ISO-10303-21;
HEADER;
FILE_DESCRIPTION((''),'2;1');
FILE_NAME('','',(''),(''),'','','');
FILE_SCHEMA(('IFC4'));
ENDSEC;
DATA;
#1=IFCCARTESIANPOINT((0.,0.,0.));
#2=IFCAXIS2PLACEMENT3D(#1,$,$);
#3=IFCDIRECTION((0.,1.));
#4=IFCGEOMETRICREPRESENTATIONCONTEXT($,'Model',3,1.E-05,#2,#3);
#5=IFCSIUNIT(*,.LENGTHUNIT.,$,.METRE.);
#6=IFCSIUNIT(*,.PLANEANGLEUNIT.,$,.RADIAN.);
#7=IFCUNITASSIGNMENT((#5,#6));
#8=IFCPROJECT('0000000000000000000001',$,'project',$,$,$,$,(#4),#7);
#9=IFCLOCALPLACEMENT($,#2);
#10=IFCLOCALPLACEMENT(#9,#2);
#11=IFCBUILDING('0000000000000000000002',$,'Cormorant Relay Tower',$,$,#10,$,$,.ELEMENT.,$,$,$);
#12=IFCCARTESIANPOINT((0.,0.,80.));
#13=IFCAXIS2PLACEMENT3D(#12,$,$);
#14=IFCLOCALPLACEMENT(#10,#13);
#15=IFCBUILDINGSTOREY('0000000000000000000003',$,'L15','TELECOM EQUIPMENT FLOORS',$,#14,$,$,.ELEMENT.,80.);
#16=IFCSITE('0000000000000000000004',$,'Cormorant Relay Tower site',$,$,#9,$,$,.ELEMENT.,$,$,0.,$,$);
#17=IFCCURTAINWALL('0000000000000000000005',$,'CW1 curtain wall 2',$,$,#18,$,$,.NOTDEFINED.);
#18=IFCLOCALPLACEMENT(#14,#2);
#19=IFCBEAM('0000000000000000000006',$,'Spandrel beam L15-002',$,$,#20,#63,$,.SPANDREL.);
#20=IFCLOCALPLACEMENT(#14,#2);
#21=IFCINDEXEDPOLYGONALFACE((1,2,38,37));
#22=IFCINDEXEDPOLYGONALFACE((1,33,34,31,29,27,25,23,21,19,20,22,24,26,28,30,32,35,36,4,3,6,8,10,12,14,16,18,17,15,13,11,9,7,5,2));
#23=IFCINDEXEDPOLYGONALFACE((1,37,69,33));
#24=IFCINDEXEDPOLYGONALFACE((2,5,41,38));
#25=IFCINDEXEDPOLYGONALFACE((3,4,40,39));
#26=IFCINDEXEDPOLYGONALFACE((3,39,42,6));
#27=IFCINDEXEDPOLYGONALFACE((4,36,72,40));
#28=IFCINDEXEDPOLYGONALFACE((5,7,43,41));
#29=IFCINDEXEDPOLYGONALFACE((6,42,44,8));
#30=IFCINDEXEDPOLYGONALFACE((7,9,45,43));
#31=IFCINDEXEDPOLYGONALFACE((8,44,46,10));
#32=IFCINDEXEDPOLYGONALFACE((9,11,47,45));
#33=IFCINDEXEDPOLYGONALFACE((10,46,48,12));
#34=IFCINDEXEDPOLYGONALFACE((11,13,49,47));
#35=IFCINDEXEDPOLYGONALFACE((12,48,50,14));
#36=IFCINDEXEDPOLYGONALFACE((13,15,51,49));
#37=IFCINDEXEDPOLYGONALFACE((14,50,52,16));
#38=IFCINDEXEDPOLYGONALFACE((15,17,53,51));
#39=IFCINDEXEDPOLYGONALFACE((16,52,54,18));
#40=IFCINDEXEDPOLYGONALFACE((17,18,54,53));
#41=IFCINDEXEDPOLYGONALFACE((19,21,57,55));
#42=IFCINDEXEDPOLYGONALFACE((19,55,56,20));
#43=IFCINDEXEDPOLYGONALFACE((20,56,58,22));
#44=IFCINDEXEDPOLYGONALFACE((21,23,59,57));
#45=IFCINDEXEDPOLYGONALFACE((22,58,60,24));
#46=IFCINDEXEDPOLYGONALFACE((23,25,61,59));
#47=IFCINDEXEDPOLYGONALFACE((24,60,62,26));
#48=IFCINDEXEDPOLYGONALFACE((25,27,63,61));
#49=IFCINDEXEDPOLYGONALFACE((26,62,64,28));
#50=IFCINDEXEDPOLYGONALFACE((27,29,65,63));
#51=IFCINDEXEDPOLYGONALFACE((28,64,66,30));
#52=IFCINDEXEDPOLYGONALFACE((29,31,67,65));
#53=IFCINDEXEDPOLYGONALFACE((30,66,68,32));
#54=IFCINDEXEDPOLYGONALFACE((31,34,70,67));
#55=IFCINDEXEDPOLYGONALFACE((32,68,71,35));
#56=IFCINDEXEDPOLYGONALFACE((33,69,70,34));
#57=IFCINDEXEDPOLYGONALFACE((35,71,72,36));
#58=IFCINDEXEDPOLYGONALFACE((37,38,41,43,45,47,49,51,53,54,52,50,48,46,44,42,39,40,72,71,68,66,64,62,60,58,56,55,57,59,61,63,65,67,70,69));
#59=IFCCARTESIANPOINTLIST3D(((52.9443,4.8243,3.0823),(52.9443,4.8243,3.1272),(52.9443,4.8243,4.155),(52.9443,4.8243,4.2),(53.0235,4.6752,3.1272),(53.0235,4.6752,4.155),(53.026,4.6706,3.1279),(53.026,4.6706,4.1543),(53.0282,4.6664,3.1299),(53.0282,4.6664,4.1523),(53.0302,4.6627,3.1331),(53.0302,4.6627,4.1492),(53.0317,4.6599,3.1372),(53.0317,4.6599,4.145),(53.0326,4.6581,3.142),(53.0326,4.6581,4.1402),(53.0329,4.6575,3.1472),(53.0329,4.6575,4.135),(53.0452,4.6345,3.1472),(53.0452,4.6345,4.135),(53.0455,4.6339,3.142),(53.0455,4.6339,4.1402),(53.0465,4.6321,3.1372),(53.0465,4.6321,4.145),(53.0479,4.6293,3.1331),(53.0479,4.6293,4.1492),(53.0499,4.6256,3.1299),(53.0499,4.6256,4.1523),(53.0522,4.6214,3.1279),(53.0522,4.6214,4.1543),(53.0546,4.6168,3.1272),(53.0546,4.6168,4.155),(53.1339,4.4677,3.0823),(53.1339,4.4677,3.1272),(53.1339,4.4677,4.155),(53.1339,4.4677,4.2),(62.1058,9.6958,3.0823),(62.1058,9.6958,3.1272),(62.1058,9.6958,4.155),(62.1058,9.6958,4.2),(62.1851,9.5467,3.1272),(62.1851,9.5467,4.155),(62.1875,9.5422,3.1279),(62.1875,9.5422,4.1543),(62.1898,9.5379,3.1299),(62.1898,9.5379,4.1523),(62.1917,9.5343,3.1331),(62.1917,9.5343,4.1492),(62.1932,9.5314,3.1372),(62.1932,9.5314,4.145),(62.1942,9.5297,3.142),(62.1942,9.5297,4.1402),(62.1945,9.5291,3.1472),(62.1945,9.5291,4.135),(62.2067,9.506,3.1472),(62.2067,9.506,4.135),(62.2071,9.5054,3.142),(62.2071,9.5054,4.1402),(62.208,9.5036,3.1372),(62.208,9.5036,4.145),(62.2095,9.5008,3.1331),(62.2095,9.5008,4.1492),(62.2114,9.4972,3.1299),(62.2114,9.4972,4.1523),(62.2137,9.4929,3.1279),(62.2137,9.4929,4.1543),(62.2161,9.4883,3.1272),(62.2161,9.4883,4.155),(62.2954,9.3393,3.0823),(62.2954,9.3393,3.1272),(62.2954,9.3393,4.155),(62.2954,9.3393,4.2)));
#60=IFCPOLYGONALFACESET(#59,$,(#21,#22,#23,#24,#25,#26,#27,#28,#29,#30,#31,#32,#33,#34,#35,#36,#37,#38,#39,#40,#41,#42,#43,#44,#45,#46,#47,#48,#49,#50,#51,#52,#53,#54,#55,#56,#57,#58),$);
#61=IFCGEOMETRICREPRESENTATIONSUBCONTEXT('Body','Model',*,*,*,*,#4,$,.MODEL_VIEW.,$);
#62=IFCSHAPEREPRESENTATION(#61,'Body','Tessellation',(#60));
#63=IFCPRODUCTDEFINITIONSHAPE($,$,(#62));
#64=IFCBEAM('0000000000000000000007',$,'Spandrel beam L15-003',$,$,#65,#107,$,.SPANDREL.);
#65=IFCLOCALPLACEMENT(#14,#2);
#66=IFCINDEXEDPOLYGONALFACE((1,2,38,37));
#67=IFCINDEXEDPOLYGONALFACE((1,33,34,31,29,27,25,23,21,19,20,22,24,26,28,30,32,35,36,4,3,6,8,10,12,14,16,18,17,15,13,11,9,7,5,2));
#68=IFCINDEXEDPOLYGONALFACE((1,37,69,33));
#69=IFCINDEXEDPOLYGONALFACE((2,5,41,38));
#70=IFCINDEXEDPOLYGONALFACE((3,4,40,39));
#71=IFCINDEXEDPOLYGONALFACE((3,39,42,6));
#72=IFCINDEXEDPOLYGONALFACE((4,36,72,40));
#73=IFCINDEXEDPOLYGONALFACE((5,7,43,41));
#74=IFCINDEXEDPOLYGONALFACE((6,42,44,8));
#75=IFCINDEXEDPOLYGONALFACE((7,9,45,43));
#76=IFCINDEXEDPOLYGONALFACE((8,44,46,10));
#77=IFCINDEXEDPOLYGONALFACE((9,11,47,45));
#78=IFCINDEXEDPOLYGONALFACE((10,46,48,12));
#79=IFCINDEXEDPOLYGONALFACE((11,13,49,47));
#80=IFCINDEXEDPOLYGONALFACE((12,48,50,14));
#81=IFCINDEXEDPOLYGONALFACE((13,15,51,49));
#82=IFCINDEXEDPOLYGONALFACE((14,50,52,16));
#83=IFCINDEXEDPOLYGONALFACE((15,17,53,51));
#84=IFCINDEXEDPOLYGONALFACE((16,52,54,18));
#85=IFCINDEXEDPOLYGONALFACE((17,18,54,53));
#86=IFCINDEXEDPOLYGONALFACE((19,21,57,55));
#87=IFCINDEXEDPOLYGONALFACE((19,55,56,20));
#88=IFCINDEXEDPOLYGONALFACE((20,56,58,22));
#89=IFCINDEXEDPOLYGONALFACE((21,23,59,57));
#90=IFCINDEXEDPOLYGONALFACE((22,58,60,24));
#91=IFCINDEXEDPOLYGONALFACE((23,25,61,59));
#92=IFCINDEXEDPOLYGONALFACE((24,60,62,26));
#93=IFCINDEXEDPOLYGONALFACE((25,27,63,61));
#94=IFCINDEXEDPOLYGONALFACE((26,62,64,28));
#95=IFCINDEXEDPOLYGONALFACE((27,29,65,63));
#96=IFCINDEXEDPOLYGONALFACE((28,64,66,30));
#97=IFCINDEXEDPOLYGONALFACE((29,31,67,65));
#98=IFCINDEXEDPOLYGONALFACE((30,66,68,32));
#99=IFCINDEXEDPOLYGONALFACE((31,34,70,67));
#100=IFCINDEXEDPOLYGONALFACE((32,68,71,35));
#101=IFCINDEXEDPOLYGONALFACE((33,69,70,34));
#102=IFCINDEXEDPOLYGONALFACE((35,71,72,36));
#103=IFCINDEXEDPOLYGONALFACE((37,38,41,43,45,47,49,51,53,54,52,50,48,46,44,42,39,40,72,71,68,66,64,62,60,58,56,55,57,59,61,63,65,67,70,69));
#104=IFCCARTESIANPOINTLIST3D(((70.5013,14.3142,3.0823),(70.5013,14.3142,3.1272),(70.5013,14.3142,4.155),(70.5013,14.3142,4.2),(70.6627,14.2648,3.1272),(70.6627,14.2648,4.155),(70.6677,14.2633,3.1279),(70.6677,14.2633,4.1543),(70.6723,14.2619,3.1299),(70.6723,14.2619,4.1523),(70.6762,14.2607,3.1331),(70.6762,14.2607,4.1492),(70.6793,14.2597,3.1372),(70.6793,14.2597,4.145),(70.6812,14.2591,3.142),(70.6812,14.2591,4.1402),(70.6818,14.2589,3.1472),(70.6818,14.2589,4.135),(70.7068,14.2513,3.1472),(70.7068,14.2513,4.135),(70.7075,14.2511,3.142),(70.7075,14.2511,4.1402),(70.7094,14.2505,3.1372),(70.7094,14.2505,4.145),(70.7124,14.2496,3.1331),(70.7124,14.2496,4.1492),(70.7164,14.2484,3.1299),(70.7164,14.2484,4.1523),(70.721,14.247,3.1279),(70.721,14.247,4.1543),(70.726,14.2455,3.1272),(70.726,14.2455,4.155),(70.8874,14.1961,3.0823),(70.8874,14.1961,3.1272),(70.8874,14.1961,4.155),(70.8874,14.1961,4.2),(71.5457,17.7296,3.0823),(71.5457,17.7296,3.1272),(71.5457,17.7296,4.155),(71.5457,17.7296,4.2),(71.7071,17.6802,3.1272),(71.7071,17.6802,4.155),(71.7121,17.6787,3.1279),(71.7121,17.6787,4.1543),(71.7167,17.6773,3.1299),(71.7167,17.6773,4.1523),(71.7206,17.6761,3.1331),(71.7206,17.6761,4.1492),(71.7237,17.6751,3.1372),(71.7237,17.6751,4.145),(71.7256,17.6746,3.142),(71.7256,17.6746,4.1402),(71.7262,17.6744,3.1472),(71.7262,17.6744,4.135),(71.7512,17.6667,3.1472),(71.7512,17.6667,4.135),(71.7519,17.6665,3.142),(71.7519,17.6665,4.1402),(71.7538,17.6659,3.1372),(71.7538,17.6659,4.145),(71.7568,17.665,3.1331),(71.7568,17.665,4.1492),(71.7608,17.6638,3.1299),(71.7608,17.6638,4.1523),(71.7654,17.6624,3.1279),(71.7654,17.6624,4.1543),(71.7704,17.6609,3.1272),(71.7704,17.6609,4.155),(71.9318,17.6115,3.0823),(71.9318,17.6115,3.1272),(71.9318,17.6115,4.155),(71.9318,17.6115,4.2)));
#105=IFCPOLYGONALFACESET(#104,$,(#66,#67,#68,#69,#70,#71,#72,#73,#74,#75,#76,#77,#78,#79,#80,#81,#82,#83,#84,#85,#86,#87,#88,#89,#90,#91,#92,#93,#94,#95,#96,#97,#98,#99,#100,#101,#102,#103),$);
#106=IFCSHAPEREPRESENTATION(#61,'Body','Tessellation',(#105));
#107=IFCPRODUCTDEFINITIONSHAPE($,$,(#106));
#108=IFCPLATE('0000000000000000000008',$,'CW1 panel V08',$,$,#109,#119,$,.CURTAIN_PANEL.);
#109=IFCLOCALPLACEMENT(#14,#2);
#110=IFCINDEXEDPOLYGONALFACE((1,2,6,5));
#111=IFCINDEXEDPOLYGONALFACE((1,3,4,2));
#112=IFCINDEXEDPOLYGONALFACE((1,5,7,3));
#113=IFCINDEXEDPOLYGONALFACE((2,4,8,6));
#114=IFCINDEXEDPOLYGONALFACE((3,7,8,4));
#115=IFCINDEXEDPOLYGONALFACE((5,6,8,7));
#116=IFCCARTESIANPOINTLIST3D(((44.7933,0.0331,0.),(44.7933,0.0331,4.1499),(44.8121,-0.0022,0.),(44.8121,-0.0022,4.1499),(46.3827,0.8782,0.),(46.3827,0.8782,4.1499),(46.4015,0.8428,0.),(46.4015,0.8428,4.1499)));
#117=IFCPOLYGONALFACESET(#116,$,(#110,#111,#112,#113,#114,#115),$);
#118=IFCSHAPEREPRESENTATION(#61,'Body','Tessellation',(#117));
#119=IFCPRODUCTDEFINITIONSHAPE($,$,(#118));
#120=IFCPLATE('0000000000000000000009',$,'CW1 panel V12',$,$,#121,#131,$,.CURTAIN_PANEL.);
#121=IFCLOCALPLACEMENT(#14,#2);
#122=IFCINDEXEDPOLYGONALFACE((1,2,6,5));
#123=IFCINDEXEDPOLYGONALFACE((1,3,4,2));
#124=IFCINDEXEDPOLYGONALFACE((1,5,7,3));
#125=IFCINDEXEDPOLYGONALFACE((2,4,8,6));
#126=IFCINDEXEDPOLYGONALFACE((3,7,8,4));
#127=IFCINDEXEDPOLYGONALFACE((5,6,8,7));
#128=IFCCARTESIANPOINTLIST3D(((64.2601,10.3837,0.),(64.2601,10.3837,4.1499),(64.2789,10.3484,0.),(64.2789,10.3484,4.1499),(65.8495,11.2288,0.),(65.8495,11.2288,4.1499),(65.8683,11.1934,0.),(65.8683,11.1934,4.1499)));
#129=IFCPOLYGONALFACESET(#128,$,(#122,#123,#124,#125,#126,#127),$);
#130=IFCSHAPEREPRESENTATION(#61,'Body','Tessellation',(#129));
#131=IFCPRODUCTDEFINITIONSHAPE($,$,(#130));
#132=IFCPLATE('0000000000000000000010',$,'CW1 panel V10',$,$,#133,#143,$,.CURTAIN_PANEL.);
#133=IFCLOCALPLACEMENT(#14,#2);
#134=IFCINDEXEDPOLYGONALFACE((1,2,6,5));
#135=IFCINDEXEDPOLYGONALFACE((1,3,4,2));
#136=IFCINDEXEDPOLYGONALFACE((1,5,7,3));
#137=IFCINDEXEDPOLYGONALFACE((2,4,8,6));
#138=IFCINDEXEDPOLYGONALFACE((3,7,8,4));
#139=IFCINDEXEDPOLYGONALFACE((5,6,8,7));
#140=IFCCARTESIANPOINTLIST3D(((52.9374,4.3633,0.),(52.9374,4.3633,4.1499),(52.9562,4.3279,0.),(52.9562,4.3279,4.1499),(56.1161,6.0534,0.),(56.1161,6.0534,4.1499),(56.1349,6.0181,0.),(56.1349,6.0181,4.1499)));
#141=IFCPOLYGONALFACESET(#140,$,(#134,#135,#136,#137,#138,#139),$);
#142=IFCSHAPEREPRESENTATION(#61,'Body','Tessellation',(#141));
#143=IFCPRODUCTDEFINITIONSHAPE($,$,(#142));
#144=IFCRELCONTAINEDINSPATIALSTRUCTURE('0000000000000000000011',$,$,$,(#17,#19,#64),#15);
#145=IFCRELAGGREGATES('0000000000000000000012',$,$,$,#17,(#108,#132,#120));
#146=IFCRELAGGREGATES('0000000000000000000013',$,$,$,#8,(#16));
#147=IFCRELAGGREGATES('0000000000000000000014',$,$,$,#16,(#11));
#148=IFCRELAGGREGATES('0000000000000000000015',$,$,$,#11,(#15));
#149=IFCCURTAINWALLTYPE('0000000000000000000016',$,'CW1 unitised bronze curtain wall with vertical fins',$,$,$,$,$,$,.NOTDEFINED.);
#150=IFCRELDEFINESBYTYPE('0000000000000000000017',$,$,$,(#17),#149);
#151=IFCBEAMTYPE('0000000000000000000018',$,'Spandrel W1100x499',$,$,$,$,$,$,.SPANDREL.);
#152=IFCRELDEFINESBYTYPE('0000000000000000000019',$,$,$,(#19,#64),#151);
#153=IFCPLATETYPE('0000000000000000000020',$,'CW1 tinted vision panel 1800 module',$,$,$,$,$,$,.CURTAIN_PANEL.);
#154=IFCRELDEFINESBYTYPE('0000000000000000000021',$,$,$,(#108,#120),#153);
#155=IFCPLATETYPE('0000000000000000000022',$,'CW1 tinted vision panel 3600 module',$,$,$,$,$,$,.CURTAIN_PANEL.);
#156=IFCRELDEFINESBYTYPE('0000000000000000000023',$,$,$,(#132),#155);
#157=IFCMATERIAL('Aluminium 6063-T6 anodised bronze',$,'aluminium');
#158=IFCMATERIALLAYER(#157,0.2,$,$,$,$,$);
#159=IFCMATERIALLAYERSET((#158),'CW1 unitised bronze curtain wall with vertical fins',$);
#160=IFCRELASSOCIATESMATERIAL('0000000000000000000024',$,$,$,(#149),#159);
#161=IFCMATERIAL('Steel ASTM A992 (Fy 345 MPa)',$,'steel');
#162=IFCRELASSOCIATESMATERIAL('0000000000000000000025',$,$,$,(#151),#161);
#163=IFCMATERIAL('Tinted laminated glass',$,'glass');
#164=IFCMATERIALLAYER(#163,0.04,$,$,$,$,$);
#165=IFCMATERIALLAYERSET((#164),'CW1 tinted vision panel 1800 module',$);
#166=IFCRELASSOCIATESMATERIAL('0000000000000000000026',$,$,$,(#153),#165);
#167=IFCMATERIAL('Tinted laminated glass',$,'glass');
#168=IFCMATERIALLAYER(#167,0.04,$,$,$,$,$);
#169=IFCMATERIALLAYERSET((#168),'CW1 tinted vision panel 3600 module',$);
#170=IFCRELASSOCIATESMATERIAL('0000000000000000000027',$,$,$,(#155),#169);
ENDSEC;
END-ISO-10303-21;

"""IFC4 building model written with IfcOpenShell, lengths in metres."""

from ifc_helpers import new_model, si_unit, direction, frame, origin, origin_2d, place, context, subcontext, project, spatial, rectangle, i_section, extrude, material, layer, layer_set, material_profile, profile_set, type_object, element, aggregate, save


model = new_model("IFC4")

# Units and contexts
model_context = context("Model", 3, precision=1e-05, world=origin(), true_north=direction((0.0, 1.0)))
body_context = subcontext(model_context, "Body", "Model", "MODEL_VIEW")
ifc_project = project(units=[si_unit("LENGTHUNIT", "METRE"), si_unit("PLANEANGLEUNIT", "RADIAN")], contexts=[model_context])

# Site, building, storey
site_placement = place(None, origin())
site = spatial("IfcSite", under=ifc_project, at=site_placement, Name="Cormorant Relay Tower site", CompositionType="ELEMENT", RefElevation=0.0)
building_placement = place(site_placement, origin())
building = spatial("IfcBuilding", under=site, at=building_placement, Name="Cormorant Relay Tower", CompositionType="ELEMENT")
storey_placement = place(building_placement, frame((0.0, 0.0, 80.0)))
storey = spatial("IfcBuildingStorey", under=building, at=storey_placement, Name="L15", Description="TELECOM EQUIPMENT FLOORS", CompositionType="ELEMENT", Elevation=80.0)

# Curtain wall
ifc_material_1 = material(Name="Aluminium 6063-T6 anodised bronze", Category="aluminium")
ifc_layer_1 = layer(ifc_material_1, 0.2)
ifc_layer_set_1 = layer_set([ifc_layer_1], Name="CW1 unitised bronze curtain wall with vertical fins")
curtain_wall_type = type_object("IfcCurtainWallType", Name="CW1 unitised bronze curtain wall with vertical fins", PredefinedType="NOTDEFINED", material=ifc_layer_set_1)
curtain_wall_1_placement = place(storey_placement, origin())
curtain_wall_1 = element("IfcCurtainWall", 1, at=curtain_wall_1_placement, inside=storey, type_object=curtain_wall_type, Name="CW1 curtain wall 2", PredefinedType="NOTDEFINED")

# Beams
ifc_material_2 = material(Name="Steel ASTM A992 (Fy 345 MPa)", Category="steel")
ifc_material_profile_1 = material_profile(ifc_material_2, i_section(OverallWidth=0.4038, OverallDepth=1.1177, WebThickness=0.0261, FlangeThickness=0.0449, FilletRadius=0.02, at=origin_2d()), Name="W1100x499")
ifc_profile_set_1 = profile_set([ifc_material_profile_1], Name="Steel ASTM A992 (Fy 345 MPa)")
beam_type = type_object("IfcBeamType", Name="Spandrel W1100x499", PredefinedType="SPANDREL", material=ifc_profile_set_1)
beam_1_placement = place(storey_placement, frame((53.0391, 4.646, 3.6411), z_axis=(0.882937, 0.469491, 0.0), x_axis=(-0.469491, 0.882937, 0.0)))
element("IfcBeam", 2, at=beam_1_placement, inside=storey, type_object=beam_type, Name="Spandrel beam L15-002", PredefinedType="SPANDREL", context=body_context, shape_type="SweptSolid", body=[
    extrude(i_section(OverallWidth=0.4038, OverallDepth=1.1177, WebThickness=0.0261, FlangeThickness=0.0449, FilletRadius=0.02, at=origin_2d()), origin(), (0.0, 0.0, 1.0), 10.3762),
])
beam_2_placement = place(storey_placement, frame((70.6943, 14.2551, 3.6411), z_axis=(0.292423, 0.956289, 0.0), x_axis=(-0.956289, 0.292423, 0.0)))
element("IfcBeam", 3, at=beam_2_placement, inside=storey, type_object=beam_type, Name="Spandrel beam L15-003", PredefinedType="SPANDREL", context=body_context, shape_type="SweptSolid", body=[
    extrude(i_section(OverallWidth=0.4038, OverallDepth=1.1177, WebThickness=0.0261, FlangeThickness=0.0449, FilletRadius=0.02, at=origin_2d()), origin(), (0.0, 0.0, 1.0), 3.5715),
])

# Plates
ifc_material_3 = material(Name="Tinted laminated glass", Category="glass")
ifc_layer_2 = layer(ifc_material_3, 0.04)
ifc_layer_set_2 = layer_set([ifc_layer_2], Name="CW1 tinted vision panel 1800 module")
plate_type_1 = type_object("IfcPlateType", Name="CW1 tinted vision panel 1800 module", PredefinedType="CURTAIN_PANEL", material=ifc_layer_set_2)
plate_1_placement = place(storey_placement, frame((45.5974, 0.438, 0.0), z_axis=(0.0, 0.0, 1.0), x_axis=(0.882948, 0.469472, 0.0)))
plate_1 = element("IfcPlate", 4, at=plate_1_placement, type_object=plate_type_1, Name="CW1 panel V08", PredefinedType="CURTAIN_PANEL", context=body_context, shape_type="SweptSolid", body=[
    extrude(rectangle(XDim=1.8, YDim=0.04, at=origin_2d()), origin(), (0.0, 0.0, 1.0), 4.1499),
])
plate_2_placement = place(storey_placement, frame((65.0642, 10.7886, 0.0), z_axis=(0.0, 0.0, 1.0), x_axis=(0.882948, 0.469472, 0.0)))
plate_2 = element("IfcPlate", 5, at=plate_2_placement, type_object=plate_type_1, Name="CW1 panel V12", PredefinedType="CURTAIN_PANEL", context=body_context, shape_type="SweptSolid", body=[
    extrude(rectangle(XDim=1.8, YDim=0.04, at=origin_2d()), origin(), (0.0, 0.0, 1.0), 4.1499),
])
ifc_material_4 = material(Name="Tinted laminated glass", Category="glass")
ifc_layer_3 = layer(ifc_material_4, 0.04)
ifc_layer_set_3 = layer_set([ifc_layer_3], Name="CW1 tinted vision panel 3600 module")
plate_type_2 = type_object("IfcPlateType", Name="CW1 tinted vision panel 3600 module", PredefinedType="CURTAIN_PANEL", material=ifc_layer_set_3)
plate_3_placement = place(storey_placement, frame((54.5361, 5.1907, 0.0), z_axis=(0.0, 0.0, 1.0), x_axis=(0.882948, 0.469472, 0.0)))
plate_3 = element("IfcPlate", 6, at=plate_3_placement, type_object=plate_type_2, Name="CW1 panel V10", PredefinedType="CURTAIN_PANEL", context=body_context, shape_type="SweptSolid", body=[
    extrude(rectangle(XDim=3.6001, YDim=0.04, at=origin_2d()), origin(), (0.0, 0.0, 1.0), 4.1499),
])

aggregate(curtain_wall_1, [plate_1, plate_3, plate_2])

save(model, "model.ifc")
